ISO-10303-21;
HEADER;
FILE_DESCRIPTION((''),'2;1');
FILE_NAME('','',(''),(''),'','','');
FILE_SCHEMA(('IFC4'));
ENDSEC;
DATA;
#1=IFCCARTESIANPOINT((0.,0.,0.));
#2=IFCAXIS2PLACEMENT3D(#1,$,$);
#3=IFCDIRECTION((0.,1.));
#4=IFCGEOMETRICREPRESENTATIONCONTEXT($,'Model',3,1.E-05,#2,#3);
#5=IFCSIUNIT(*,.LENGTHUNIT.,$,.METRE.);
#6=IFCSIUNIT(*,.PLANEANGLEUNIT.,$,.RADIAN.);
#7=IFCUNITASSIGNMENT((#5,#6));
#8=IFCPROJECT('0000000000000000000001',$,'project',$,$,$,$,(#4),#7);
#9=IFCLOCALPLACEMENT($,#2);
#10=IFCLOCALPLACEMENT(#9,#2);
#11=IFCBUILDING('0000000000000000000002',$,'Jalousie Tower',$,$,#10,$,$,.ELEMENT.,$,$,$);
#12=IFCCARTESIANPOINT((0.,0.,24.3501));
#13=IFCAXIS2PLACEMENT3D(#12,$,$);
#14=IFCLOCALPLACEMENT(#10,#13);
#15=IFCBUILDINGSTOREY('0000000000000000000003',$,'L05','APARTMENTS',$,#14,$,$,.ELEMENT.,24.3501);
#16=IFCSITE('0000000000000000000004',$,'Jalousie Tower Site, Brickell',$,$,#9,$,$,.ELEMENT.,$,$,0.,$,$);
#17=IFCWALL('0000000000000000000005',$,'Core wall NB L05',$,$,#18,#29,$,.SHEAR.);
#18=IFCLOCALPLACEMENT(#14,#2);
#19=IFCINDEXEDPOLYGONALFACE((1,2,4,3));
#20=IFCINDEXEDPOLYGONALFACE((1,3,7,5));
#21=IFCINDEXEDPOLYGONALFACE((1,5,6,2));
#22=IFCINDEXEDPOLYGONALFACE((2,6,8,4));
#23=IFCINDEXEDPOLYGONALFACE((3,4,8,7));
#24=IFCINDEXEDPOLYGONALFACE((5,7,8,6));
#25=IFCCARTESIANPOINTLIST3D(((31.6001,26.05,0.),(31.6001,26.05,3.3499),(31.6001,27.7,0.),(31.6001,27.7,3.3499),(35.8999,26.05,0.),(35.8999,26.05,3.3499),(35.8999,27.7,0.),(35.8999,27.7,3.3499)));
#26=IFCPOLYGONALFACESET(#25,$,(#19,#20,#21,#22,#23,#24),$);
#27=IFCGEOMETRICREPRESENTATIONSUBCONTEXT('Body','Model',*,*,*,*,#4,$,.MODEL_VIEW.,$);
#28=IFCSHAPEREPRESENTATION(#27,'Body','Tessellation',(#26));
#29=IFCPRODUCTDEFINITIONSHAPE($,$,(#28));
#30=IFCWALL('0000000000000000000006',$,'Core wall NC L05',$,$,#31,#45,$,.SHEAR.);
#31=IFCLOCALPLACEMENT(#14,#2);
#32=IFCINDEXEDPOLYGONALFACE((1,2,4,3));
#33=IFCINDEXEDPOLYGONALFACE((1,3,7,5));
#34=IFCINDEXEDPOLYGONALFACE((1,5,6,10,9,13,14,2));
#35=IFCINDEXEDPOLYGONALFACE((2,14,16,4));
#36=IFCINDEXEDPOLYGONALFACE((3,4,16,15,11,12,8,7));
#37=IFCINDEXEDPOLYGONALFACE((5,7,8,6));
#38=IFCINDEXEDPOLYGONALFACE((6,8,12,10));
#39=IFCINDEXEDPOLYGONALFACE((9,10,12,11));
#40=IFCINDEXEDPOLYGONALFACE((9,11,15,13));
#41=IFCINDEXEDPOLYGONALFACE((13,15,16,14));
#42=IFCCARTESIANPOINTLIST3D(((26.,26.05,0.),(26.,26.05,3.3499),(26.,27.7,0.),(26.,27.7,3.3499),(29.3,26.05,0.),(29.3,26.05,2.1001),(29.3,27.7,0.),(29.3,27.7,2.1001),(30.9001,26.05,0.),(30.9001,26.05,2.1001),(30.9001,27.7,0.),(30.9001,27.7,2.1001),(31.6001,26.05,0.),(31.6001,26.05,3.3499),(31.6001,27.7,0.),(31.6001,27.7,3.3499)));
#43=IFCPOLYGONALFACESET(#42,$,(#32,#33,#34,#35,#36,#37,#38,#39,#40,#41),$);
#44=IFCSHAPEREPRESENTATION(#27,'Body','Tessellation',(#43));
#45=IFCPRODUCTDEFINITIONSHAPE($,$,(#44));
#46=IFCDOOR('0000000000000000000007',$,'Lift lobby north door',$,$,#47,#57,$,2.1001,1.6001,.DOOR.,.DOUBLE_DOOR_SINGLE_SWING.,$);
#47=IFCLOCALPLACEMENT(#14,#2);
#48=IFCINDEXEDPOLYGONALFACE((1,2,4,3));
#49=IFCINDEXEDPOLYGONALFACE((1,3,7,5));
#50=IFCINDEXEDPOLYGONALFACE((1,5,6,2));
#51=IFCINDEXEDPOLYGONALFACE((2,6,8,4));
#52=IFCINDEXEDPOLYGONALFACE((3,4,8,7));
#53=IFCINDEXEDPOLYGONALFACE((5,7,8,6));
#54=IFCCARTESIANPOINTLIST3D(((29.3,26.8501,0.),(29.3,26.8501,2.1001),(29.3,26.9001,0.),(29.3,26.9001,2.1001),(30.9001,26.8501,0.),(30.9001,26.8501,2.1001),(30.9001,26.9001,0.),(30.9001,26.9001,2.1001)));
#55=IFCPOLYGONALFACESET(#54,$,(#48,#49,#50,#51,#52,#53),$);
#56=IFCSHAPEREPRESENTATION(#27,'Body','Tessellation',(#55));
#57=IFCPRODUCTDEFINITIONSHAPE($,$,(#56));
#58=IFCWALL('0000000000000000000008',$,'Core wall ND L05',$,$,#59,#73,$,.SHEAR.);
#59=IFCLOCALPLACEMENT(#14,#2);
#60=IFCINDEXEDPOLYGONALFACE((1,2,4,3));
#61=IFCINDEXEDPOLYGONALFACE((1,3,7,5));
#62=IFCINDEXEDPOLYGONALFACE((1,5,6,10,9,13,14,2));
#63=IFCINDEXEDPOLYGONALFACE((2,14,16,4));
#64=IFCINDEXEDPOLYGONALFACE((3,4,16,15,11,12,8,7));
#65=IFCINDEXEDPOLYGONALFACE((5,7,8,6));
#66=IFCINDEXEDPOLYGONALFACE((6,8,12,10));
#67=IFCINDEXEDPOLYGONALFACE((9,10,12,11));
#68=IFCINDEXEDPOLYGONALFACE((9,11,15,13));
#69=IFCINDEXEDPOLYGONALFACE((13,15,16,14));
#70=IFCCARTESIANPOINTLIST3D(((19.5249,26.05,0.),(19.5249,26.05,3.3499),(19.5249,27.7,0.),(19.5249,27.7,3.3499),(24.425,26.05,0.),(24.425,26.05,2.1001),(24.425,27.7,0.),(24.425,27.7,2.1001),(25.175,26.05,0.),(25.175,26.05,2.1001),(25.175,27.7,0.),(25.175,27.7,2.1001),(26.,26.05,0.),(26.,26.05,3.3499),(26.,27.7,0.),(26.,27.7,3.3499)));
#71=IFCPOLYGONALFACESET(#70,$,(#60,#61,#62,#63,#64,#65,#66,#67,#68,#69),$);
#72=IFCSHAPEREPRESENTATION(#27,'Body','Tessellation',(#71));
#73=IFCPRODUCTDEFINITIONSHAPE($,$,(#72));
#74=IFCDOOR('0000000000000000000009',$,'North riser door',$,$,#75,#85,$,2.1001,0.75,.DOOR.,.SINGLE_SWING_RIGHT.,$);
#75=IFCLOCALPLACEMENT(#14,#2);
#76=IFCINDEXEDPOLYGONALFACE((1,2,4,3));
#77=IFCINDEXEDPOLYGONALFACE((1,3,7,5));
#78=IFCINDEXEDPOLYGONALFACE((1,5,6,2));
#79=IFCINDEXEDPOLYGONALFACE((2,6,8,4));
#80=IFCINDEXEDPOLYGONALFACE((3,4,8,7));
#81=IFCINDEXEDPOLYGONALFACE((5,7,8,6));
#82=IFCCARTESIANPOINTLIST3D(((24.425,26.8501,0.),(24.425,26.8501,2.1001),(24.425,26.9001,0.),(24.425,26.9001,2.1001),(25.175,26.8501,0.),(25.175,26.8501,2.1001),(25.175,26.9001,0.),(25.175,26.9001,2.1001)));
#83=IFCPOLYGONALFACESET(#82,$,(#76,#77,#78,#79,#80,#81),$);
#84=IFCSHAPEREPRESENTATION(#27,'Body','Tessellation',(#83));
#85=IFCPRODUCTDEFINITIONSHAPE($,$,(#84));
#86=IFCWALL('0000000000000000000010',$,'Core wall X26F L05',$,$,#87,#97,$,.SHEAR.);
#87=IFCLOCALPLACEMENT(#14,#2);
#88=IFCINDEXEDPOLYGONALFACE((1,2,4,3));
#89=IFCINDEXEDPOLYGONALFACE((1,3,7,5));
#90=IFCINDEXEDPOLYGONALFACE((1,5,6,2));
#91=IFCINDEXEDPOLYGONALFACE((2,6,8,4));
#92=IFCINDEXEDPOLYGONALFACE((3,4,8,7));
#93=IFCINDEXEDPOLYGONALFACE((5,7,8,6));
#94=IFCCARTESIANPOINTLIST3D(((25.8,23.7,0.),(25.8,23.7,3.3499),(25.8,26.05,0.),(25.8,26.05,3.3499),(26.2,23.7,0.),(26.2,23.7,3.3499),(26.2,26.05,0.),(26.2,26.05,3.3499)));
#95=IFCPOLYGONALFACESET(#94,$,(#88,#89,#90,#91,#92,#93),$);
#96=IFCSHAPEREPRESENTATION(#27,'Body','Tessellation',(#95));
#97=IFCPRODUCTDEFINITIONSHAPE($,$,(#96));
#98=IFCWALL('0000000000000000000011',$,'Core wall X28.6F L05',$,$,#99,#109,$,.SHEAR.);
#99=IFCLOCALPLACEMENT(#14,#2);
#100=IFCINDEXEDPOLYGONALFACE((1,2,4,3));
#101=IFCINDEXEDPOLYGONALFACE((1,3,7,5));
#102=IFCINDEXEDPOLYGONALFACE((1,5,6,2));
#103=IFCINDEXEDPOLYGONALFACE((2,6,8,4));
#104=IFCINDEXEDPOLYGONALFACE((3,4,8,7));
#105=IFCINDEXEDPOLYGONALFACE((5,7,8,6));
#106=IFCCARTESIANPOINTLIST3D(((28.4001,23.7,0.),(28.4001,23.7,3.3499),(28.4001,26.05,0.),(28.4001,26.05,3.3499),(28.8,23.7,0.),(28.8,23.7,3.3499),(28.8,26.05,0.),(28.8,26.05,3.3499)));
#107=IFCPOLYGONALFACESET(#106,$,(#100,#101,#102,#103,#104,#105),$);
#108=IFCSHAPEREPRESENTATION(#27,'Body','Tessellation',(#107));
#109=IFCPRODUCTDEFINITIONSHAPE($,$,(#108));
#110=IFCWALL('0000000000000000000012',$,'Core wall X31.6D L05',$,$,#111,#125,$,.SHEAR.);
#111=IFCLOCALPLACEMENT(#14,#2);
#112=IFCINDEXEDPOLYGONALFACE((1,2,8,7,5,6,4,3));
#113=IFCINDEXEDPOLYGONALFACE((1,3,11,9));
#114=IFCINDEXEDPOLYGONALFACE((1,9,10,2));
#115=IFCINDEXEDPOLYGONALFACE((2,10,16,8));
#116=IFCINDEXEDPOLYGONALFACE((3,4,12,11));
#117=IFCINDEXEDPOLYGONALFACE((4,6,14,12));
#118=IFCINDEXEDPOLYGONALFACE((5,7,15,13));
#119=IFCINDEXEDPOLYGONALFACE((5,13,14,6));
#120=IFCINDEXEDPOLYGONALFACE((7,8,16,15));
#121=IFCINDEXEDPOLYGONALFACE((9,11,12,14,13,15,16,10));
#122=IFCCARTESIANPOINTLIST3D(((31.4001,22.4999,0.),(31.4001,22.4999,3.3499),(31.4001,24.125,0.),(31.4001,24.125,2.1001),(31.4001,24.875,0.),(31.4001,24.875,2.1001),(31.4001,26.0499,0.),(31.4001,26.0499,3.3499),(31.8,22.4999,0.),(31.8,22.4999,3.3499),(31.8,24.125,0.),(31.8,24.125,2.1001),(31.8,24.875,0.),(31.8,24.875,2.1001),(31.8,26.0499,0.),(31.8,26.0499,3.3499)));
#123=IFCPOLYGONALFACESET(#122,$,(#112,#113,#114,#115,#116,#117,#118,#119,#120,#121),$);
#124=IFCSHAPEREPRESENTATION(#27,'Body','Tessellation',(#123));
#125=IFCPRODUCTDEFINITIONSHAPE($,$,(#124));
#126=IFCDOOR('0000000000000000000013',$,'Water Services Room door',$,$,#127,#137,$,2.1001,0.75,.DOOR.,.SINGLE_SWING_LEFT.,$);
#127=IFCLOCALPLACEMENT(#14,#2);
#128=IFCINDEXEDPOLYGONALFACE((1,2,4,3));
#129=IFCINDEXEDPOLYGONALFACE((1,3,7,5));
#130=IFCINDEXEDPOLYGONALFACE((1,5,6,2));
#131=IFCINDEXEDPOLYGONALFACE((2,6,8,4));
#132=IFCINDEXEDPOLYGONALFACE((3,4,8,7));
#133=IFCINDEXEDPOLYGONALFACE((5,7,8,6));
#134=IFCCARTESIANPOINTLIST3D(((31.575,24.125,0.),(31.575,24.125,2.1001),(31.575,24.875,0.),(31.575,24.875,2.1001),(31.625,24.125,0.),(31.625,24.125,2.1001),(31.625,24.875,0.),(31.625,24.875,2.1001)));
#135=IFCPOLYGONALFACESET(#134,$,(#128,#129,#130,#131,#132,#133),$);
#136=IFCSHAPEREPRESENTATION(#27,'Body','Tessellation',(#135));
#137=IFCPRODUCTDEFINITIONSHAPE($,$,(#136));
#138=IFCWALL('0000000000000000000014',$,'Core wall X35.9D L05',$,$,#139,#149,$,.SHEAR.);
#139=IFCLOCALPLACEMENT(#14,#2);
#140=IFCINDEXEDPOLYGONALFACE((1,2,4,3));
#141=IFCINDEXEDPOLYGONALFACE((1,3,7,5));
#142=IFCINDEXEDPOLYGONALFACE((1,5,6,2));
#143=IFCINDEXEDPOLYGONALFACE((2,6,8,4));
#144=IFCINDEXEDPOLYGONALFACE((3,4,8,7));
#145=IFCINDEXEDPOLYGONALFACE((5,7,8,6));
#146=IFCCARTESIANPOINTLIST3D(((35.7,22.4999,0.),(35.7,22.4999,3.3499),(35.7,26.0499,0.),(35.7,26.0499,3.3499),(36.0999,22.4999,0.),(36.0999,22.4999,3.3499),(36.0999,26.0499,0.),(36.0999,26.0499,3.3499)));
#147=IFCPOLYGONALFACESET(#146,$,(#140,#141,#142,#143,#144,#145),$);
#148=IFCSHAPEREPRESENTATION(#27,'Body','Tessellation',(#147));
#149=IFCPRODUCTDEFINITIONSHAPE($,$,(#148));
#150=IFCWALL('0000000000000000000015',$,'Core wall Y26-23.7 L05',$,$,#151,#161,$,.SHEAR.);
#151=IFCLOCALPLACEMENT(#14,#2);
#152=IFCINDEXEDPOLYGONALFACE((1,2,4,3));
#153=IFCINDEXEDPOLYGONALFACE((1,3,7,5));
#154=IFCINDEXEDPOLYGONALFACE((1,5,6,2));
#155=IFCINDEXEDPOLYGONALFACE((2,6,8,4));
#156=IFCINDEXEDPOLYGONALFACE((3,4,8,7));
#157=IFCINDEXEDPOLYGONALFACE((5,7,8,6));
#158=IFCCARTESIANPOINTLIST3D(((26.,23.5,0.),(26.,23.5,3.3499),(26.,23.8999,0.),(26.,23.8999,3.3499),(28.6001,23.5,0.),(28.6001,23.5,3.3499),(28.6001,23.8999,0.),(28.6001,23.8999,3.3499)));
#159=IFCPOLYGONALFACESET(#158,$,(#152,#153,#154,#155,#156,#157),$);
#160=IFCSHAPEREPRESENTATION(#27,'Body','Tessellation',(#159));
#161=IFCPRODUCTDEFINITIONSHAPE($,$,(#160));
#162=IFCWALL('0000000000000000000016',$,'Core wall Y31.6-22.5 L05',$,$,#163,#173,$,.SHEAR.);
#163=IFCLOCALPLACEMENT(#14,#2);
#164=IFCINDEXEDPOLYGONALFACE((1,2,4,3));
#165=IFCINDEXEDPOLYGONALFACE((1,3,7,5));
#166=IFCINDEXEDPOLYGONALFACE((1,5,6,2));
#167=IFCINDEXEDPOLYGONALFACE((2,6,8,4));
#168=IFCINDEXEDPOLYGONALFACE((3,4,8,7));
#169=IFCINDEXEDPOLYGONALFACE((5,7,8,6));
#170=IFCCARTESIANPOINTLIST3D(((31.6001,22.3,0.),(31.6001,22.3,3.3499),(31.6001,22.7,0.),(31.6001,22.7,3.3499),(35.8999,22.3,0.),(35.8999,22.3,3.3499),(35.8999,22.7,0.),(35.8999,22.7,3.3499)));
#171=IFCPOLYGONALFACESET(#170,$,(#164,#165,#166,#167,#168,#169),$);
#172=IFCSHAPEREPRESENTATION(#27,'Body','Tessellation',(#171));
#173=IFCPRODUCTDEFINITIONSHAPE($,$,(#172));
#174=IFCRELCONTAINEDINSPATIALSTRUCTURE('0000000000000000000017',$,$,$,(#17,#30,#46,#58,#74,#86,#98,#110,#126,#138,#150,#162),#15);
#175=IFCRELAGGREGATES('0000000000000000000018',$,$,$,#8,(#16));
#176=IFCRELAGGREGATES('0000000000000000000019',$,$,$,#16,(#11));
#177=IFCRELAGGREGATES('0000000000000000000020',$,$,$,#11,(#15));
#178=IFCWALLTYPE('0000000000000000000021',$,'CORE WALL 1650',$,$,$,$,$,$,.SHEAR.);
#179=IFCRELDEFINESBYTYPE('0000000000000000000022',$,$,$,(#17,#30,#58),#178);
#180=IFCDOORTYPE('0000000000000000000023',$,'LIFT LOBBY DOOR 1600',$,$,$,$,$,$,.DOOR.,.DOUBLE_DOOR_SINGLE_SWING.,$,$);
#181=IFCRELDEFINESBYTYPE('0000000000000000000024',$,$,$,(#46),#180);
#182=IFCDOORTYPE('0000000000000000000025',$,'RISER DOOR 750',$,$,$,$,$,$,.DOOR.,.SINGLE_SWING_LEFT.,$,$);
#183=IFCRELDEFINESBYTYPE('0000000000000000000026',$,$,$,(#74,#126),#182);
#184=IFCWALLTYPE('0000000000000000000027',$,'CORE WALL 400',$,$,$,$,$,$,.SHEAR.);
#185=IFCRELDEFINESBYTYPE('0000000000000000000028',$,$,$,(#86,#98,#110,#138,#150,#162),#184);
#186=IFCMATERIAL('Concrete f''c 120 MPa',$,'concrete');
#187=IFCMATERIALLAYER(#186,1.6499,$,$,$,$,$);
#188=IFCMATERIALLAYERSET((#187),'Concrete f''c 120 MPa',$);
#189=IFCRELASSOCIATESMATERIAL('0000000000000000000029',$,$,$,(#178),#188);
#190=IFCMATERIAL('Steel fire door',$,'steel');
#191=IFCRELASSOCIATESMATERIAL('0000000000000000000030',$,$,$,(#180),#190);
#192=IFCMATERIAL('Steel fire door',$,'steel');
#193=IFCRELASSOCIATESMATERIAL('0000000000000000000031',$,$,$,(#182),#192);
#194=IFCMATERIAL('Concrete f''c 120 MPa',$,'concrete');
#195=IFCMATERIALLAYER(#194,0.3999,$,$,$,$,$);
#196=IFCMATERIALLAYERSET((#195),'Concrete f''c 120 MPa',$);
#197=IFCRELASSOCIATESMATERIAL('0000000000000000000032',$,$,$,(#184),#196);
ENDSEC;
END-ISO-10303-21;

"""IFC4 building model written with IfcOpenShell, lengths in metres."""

from ifc_helpers import new_model, si_unit, direction, frame, frame_2d, origin, place, context, subcontext, project, spatial, rectangle, extrude, material, layer, layer_set, type_object, element, fill, save


model = new_model("IFC4")

# Units and contexts
model_context = context("Model", 3, precision=1e-05, world=origin(), true_north=direction((0.0, 1.0)))
body_context = subcontext(model_context, "Body", "Model", "MODEL_VIEW")
ifc_project = project(units=[si_unit("LENGTHUNIT", "METRE"), si_unit("PLANEANGLEUNIT", "RADIAN")], contexts=[model_context])

# Site, building, storey
site_placement = place(None, origin())
site = spatial("IfcSite", under=ifc_project, at=site_placement, Name="Jalousie Tower Site, Brickell", CompositionType="ELEMENT", RefElevation=0.0)
building_placement = place(site_placement, origin())
building = spatial("IfcBuilding", under=site, at=building_placement, Name="Jalousie Tower", CompositionType="ELEMENT")
storey_placement = place(building_placement, frame((0.0, 0.0, 24.3501)))
storey = spatial("IfcBuildingStorey", under=building, at=storey_placement, Name="L05", Description="APARTMENTS", CompositionType="ELEMENT", Elevation=24.3501)

# Wall
ifc_material_1 = material(Name="Concrete f'c 120 MPa", Category="concrete")
ifc_layer_1 = layer(ifc_material_1, 1.6499)
ifc_layer_set_1 = layer_set([ifc_layer_1], Name="Concrete f'c 120 MPa")
wall_type_1 = type_object("IfcWallType", Name="CORE WALL 1650", PredefinedType="SHEAR", material=ifc_layer_set_1)
wall_1_placement = place(storey_placement, frame((35.8999, 26.875, 0.0), z_axis=(0.0, 0.0, 1.0), x_axis=(-1.0, 0.0, 0.0)))
element("IfcWall", 1, at=wall_1_placement, inside=storey, type_object=wall_type_1, Name="Core wall NB L05", PredefinedType="SHEAR", context=body_context, shape_type="SweptSolid", body=[
    extrude(rectangle(XDim=4.2998, YDim=1.6499, at=frame_2d((2.1499, 0.0))), origin(), (0.0, 0.0, 1.0), 3.3499),
])

# Walls, openings, doors
wall_2_placement = place(storey_placement, frame((31.6001, 26.875, 0.0), z_axis=(0.0, 0.0, 1.0), x_axis=(-1.0, 0.0, 0.0)))
wall_2 = element("IfcWall", 2, at=wall_2_placement, inside=storey, type_object=wall_type_1, Name="Core wall NC L05", PredefinedType="SHEAR", context=body_context, shape_type="SweptSolid", body=[
    extrude(rectangle(XDim=5.6001, YDim=1.6499, at=frame_2d((2.8, 0.0))), origin(), (0.0, 0.0, 1.0), 3.3499),
])
opening_1_placement = place(wall_2_placement, frame((0.7, 0.0, 0.0)))
opening_1 = element("IfcOpeningElement", 3, at=opening_1_placement, cuts=wall_2, PredefinedType="OPENING", context=body_context, shape_type="SweptSolid", body=[
    extrude(rectangle(XDim=1.6001, YDim=2.1001, at=frame_2d((0.8, 1.05))), frame((0.0, 0.835, 0.0), z_axis=(0.0, -1.0, 0.0), x_axis=(1.0, 0.0, 0.0)), (0.0, 0.0, 1.0), 1.6699),
])
ifc_material_2 = material(Name="Steel fire door", Category="steel")
door_type_1 = type_object("IfcDoorType", Name="LIFT LOBBY DOOR 1600", OperationType="DOUBLE_DOOR_SINGLE_SWING", PredefinedType="DOOR", material=ifc_material_2)
door_1_placement = place(opening_1_placement, origin())
door_1 = element("IfcDoor", 4, at=door_1_placement, inside=storey, type_object=door_type_1, Name="Lift lobby north door", OperationType="DOUBLE_DOOR_SINGLE_SWING", OverallHeight=2.1001, OverallWidth=1.6001, PredefinedType="DOOR", context=body_context, shape_type="SweptSolid", body=[
    extrude(rectangle(XDim=1.6001, YDim=2.1001, at=frame_2d((0.8, 1.05))), frame((0.0, 0.0249, 0.0), z_axis=(0.0, -1.0, 0.0), x_axis=(1.0, 0.0, 0.0)), (0.0, 0.0, 1.0), 0.05),
])
fill(opening_1, door_1)
wall_3_placement = place(storey_placement, frame((26.0, 26.875, 0.0), z_axis=(0.0, 0.0, 1.0), x_axis=(-1.0, 0.0, 0.0)))
wall_3 = element("IfcWall", 5, at=wall_3_placement, inside=storey, type_object=wall_type_1, Name="Core wall ND L05", PredefinedType="SHEAR", context=body_context, shape_type="SweptSolid", body=[
    extrude(rectangle(XDim=6.4751, YDim=1.6499, at=frame_2d((3.2375, 0.0))), origin(), (0.0, 0.0, 1.0), 3.3499),
])
opening_2_placement = place(wall_3_placement, frame((0.825, 0.0, 0.0)))
opening_2 = element("IfcOpeningElement", 6, at=opening_2_placement, cuts=wall_3, PredefinedType="OPENING", context=body_context, shape_type="SweptSolid", body=[
    extrude(rectangle(XDim=0.75, YDim=2.1001, at=frame_2d((0.375, 1.05))), frame((0.0, 0.835, 0.0), z_axis=(0.0, -1.0, 0.0), x_axis=(1.0, 0.0, 0.0)), (0.0, 0.0, 1.0), 1.6699),
])
ifc_material_3 = material(Name="Steel fire door", Category="steel")
door_type_2 = type_object("IfcDoorType", Name="RISER DOOR 750", OperationType="SINGLE_SWING_LEFT", PredefinedType="DOOR", material=ifc_material_3)
door_2_placement = place(opening_2_placement, origin())
door_2 = element("IfcDoor", 7, at=door_2_placement, inside=storey, type_object=door_type_2, Name="North riser door", OperationType="SINGLE_SWING_RIGHT", OverallHeight=2.1001, OverallWidth=0.75, PredefinedType="DOOR", context=body_context, shape_type="SweptSolid", body=[
    extrude(rectangle(XDim=0.75, YDim=2.1001, at=frame_2d((0.375, 1.05))), frame((0.0, 0.0249, 0.0), z_axis=(0.0, -1.0, 0.0), x_axis=(1.0, 0.0, 0.0)), (0.0, 0.0, 1.0), 0.05),
])
fill(opening_2, door_2)

# Walls
ifc_material_4 = material(Name="Concrete f'c 120 MPa", Category="concrete")
ifc_layer_2 = layer(ifc_material_4, 0.3999)
ifc_layer_set_2 = layer_set([ifc_layer_2], Name="Concrete f'c 120 MPa")
wall_type_2 = type_object("IfcWallType", Name="CORE WALL 400", PredefinedType="SHEAR", material=ifc_layer_set_2)
for number, where, z_axis, x_axis, name in (
    (8, (26.0, 23.7, 0.0), (0.0, 0.0, 1.0), (0.0, 1.0, 0.0), "Core wall X26F L05"),
    (9, (28.6001, 23.7, 0.0), (0.0, 0.0, 1.0), (0.0, 1.0, 0.0), "Core wall X28.6F L05"),
):
    element("IfcWall", number, at=place(storey_placement, frame(where, z_axis=z_axis, x_axis=x_axis)), inside=storey, type_object=wall_type_2, Name=name, PredefinedType="SHEAR", context=body_context, shape_type="SweptSolid", body=[
        extrude(rectangle(XDim=2.3501, YDim=0.3999, at=frame_2d((1.175, 0.0))), origin(), (0.0, 0.0, 1.0), 3.3499),
    ])

# Wall, opening, door
wall_4_placement = place(storey_placement, frame((31.6001, 22.5, 0.0), z_axis=(0.0, 0.0, 1.0), x_axis=(0.0, 1.0, 0.0)))
wall_4 = element("IfcWall", 10, at=wall_4_placement, inside=storey, type_object=wall_type_2, Name="Core wall X31.6D L05", PredefinedType="SHEAR", context=body_context, shape_type="SweptSolid", body=[
    extrude(rectangle(XDim=3.55, YDim=0.3999, at=frame_2d((1.7749, 0.0))), origin(), (0.0, 0.0, 1.0), 3.3499),
])
opening_3_placement = place(wall_4_placement, frame((1.625, 0.0, 0.0)))
opening_3 = element("IfcOpeningElement", 11, at=opening_3_placement, cuts=wall_4, PredefinedType="OPENING", context=body_context, shape_type="SweptSolid", body=[
    extrude(rectangle(XDim=0.75, YDim=2.1001, at=frame_2d((0.375, 1.05))), frame((0.0, 0.21, 0.0), z_axis=(0.0, -1.0, 0.0), x_axis=(1.0, 0.0, 0.0)), (0.0, 0.0, 1.0), 0.4199),
])
door_3_placement = place(opening_3_placement, frame((0.75, 0.0, 0.0), z_axis=(0.0, 0.0, 1.0), x_axis=(-1.0, 0.0, 0.0)))
door_3 = element("IfcDoor", 12, at=door_3_placement, inside=storey, type_object=door_type_2, Name="Water Services Room door", OperationType="SINGLE_SWING_LEFT", OverallHeight=2.1001, OverallWidth=0.75, PredefinedType="DOOR", context=body_context, shape_type="SweptSolid", body=[
    extrude(rectangle(XDim=0.75, YDim=2.1001, at=frame_2d((0.375, 1.05))), frame((0.0, 0.0249, 0.0), z_axis=(0.0, -1.0, 0.0), x_axis=(1.0, 0.0, 0.0)), (0.0, 0.0, 1.0), 0.05),
])
fill(opening_3, door_3)

# Walls
wall_5_placement = place(storey_placement, frame((35.8999, 22.5, 0.0), z_axis=(0.0, 0.0, 1.0), x_axis=(0.0, 1.0, 0.0)))
element("IfcWall", 13, at=wall_5_placement, inside=storey, type_object=wall_type_2, Name="Core wall X35.9D L05", PredefinedType="SHEAR", context=body_context, shape_type="SweptSolid", body=[
    extrude(rectangle(XDim=3.55, YDim=0.3999, at=frame_2d((1.7749, 0.0))), origin(), (0.0, 0.0, 1.0), 3.3499),
])
wall_6_placement = place(storey_placement, frame((26.0, 23.7, 0.0), z_axis=(0.0, 0.0, 1.0), x_axis=(1.0, 0.0, 0.0)))
element("IfcWall", 14, at=wall_6_placement, inside=storey, type_object=wall_type_2, Name="Core wall Y26-23.7 L05", PredefinedType="SHEAR", context=body_context, shape_type="SweptSolid", body=[
    extrude(rectangle(XDim=2.6001, YDim=0.3999, at=frame_2d((1.3, 0.0))), origin(), (0.0, 0.0, 1.0), 3.3499),
])
wall_7_placement = place(storey_placement, frame((31.6001, 22.5, 0.0), z_axis=(0.0, 0.0, 1.0), x_axis=(1.0, 0.0, 0.0)))
element("IfcWall", 15, at=wall_7_placement, inside=storey, type_object=wall_type_2, Name="Core wall Y31.6-22.5 L05", PredefinedType="SHEAR", context=body_context, shape_type="SweptSolid", body=[
    extrude(rectangle(XDim=4.2998, YDim=0.3999, at=frame_2d((2.1499, 0.0))), origin(), (0.0, 0.0, 1.0), 3.3499),
])

save(model, "model.ifc")
